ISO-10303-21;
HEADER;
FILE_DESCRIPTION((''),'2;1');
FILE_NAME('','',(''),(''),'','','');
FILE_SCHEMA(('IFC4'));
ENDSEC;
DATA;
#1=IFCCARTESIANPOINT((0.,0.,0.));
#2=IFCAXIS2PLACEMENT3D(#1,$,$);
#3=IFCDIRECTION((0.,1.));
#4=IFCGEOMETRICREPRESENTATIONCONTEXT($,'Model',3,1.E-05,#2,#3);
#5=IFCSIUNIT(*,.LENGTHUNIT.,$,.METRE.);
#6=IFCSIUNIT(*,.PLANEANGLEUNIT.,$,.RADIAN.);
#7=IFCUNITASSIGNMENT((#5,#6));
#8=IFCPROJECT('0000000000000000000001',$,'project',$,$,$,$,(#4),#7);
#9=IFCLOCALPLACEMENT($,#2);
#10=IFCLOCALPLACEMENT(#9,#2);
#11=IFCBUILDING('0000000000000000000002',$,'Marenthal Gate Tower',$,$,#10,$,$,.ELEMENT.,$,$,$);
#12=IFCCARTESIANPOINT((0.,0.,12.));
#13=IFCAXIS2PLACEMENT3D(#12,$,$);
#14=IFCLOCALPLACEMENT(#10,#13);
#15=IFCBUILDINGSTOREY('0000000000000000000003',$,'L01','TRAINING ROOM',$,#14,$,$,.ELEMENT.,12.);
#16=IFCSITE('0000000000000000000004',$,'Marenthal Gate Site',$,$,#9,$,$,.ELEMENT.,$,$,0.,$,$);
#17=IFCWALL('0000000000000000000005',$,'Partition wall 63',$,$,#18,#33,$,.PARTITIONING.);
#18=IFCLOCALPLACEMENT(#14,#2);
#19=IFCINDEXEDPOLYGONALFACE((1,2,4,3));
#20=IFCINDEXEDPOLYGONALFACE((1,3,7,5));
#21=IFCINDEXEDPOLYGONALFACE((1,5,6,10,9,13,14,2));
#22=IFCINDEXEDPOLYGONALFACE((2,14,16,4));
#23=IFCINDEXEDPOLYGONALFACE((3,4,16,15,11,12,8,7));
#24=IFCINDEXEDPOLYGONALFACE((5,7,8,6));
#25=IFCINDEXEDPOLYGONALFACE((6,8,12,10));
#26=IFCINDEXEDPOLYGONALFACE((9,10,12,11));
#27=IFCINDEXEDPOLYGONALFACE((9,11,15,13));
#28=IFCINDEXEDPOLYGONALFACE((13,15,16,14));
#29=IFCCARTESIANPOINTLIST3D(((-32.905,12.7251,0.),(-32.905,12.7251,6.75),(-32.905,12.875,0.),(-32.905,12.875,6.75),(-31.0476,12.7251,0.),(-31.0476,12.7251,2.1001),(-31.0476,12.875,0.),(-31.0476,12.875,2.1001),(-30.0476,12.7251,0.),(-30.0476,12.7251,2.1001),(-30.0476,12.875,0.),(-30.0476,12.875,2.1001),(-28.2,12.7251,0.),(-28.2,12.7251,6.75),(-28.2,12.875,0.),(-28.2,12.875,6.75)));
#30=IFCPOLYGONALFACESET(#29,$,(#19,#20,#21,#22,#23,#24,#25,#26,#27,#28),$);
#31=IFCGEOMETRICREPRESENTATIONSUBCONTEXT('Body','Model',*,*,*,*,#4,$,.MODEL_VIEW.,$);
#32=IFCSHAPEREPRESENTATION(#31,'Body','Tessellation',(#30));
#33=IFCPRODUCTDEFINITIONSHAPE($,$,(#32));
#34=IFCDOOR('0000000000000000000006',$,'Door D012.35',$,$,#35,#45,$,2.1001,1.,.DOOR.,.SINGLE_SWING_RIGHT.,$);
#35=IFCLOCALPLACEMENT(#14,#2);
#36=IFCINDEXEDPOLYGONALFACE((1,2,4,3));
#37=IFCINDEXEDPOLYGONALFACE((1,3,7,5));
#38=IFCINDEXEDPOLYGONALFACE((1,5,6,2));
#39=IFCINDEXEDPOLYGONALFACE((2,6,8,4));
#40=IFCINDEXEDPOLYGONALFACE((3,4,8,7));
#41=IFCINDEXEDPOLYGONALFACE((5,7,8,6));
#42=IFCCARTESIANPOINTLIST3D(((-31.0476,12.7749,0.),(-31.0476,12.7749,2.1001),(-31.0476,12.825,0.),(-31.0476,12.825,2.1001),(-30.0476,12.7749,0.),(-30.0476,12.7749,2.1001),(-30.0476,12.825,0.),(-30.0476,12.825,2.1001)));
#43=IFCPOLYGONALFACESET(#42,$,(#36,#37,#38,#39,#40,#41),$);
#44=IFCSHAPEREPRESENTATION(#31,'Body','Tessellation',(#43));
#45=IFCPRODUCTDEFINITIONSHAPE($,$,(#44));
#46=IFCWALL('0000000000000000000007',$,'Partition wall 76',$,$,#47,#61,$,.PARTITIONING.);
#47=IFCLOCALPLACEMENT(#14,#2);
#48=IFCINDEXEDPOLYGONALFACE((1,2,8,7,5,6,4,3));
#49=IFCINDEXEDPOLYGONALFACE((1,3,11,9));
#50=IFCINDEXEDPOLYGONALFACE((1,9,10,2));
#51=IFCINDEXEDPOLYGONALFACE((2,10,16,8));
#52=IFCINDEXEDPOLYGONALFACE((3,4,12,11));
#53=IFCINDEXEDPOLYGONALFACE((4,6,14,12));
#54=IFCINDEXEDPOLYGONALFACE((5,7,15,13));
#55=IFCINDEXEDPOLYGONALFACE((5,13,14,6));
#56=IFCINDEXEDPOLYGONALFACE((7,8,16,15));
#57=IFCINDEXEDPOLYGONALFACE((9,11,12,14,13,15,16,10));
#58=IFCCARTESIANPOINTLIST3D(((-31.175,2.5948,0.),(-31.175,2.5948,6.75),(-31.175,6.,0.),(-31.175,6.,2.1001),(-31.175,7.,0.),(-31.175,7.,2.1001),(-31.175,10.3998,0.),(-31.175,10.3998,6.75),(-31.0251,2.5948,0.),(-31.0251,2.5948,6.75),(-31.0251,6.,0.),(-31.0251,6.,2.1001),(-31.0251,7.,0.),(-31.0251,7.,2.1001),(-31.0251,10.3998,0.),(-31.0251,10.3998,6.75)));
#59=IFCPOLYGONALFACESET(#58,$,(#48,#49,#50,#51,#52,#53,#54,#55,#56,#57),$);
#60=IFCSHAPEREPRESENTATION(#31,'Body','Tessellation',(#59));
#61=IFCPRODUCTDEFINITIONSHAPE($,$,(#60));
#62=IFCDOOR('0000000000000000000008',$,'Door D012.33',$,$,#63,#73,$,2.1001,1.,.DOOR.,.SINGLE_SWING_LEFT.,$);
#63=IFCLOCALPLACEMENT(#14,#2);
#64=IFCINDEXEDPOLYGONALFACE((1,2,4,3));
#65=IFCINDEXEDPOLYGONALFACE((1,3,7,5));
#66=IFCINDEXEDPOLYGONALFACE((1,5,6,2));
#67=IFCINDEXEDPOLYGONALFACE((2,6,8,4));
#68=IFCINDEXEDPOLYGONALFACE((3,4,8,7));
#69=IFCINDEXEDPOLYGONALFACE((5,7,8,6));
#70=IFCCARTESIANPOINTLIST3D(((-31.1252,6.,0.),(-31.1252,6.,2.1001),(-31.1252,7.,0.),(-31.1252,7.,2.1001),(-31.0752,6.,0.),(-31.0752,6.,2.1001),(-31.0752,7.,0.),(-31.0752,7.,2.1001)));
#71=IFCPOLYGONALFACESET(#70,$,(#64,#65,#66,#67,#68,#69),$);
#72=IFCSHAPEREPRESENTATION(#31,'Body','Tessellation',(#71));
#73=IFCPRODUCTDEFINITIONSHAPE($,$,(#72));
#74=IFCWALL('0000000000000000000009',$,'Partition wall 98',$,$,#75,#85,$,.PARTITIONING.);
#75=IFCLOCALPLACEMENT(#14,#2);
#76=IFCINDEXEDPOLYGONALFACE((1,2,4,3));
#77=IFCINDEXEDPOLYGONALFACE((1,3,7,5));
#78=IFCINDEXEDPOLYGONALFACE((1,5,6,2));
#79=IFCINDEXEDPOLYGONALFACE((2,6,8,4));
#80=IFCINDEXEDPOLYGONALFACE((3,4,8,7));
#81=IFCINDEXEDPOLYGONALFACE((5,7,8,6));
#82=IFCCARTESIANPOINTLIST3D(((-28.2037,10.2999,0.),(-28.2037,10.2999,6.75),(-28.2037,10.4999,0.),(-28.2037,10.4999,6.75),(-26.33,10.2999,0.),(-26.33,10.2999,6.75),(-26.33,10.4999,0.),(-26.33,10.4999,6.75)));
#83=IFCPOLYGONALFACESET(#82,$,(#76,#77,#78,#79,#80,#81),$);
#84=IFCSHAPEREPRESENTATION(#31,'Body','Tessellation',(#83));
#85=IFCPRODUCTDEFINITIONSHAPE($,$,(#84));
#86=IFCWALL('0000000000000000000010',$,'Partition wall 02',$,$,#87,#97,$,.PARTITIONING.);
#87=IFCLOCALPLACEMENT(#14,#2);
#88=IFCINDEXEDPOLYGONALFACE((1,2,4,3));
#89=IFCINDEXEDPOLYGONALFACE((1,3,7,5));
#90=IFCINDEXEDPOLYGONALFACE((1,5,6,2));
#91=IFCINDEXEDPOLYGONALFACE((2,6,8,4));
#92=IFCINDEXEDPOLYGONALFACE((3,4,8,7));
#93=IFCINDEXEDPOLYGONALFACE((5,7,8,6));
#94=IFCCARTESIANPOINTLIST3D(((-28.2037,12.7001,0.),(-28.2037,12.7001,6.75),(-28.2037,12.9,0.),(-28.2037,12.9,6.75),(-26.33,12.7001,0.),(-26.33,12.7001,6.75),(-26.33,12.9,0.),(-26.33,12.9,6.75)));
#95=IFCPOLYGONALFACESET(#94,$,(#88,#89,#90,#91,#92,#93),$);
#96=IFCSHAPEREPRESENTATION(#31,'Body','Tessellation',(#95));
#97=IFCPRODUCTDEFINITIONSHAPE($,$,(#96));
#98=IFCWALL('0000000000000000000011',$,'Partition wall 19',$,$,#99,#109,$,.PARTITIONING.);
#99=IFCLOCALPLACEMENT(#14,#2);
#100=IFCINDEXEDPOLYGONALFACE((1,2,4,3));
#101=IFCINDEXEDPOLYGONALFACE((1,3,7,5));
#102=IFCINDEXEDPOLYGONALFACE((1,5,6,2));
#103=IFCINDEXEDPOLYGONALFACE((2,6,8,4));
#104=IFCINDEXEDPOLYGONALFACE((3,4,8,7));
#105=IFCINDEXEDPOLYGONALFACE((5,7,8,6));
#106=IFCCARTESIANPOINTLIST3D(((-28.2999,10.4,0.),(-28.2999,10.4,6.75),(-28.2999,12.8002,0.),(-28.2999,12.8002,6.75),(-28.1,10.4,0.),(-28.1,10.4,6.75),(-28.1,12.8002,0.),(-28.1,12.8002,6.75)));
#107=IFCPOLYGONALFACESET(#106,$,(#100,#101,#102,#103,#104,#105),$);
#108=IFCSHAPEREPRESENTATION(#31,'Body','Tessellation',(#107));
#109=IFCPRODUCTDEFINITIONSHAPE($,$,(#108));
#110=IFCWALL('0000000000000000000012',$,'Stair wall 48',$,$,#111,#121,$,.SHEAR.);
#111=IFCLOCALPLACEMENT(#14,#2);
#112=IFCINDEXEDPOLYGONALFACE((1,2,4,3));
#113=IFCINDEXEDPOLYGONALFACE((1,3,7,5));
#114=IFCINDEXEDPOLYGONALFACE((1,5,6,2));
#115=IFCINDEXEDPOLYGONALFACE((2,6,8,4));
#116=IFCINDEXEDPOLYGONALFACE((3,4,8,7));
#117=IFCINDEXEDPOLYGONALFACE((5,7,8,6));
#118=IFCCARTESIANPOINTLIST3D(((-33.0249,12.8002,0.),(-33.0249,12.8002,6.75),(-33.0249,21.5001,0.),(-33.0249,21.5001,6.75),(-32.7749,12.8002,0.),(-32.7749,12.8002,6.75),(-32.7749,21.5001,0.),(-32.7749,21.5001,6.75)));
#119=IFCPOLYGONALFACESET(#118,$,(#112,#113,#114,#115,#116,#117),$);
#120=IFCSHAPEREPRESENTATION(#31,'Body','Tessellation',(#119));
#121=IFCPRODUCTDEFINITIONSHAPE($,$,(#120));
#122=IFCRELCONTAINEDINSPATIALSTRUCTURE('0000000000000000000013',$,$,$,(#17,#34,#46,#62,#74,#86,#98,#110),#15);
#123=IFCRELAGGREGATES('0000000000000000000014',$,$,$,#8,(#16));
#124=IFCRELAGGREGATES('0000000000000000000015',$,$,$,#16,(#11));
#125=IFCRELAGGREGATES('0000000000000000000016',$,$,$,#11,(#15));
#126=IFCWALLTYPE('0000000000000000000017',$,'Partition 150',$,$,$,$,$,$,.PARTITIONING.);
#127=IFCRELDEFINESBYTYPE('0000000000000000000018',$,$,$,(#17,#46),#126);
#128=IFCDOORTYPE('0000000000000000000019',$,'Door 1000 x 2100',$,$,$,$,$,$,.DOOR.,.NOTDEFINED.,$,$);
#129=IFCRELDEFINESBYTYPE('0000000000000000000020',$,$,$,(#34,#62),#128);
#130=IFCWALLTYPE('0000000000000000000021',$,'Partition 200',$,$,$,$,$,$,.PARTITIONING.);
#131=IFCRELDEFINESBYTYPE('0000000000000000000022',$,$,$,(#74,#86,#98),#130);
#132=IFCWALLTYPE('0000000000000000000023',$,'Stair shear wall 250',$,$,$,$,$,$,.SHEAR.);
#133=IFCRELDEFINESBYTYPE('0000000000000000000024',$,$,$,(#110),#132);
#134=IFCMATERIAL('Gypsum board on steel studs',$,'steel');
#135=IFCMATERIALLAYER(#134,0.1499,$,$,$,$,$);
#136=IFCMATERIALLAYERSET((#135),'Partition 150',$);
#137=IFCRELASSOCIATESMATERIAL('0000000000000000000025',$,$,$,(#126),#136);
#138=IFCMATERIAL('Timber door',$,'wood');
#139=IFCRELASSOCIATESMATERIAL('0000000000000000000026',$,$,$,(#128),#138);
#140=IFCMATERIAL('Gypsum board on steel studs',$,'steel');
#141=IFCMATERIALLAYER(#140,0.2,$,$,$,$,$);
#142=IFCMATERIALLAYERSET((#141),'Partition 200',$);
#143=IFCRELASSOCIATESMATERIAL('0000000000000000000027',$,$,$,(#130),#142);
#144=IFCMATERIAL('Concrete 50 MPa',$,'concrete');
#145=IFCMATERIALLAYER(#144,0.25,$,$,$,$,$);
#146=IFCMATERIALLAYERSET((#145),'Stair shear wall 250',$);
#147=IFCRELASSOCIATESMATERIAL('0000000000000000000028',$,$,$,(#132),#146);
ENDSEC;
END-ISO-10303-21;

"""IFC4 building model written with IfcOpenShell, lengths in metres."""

from ifc_helpers import new_model, si_unit, direction, frame, frame_2d, origin, place, context, subcontext, project, spatial, rectangle, extrude, material, layer, layer_set, type_object, element, fill, save


model = new_model("IFC4")

# Units and contexts
model_context = context("Model", 3, precision=1e-05, world=origin(), true_north=direction((0.0, 1.0)))
body_context = subcontext(model_context, "Body", "Model", "MODEL_VIEW")
ifc_project = project(units=[si_unit("LENGTHUNIT", "METRE"), si_unit("PLANEANGLEUNIT", "RADIAN")], contexts=[model_context])

# Site, building, storey
site_placement = place(None, origin())
site = spatial("IfcSite", under=ifc_project, at=site_placement, Name="Marenthal Gate Site", CompositionType="ELEMENT", RefElevation=0.0)
building_placement = place(site_placement, origin())
building = spatial("IfcBuilding", under=site, at=building_placement, Name="Marenthal Gate Tower", CompositionType="ELEMENT")
storey_placement = place(building_placement, frame((0.0, 0.0, 12.0)))
storey = spatial("IfcBuildingStorey", under=building, at=storey_placement, Name="L01", Description="TRAINING ROOM", CompositionType="ELEMENT", Elevation=12.0)

# Shared definitions
ifc_material_1 = material(Name="Gypsum board on steel studs", Category="steel")
ifc_layer_1 = layer(ifc_material_1, 0.1499)
ifc_layer_set_1 = layer_set([ifc_layer_1], Name="Partition 150")
wall_type_1 = type_object("IfcWallType", Name="Partition 150", PredefinedType="PARTITIONING", material=ifc_layer_set_1)

# Walls, openings, doors
wall_1_placement = place(storey_placement, frame((-32.905, 12.8, 0.0), z_axis=(0.0, 0.0, 1.0), x_axis=(1.0, 0.0, 0.0)))
wall_1 = element("IfcWall", 1, at=wall_1_placement, inside=storey, type_object=wall_type_1, Name="Partition wall 63", PredefinedType="PARTITIONING", context=body_context, shape_type="SweptSolid", body=[
    extrude(rectangle(XDim=4.7051, YDim=0.1499, at=frame_2d((2.3525, 0.0))), origin(), (0.0, 0.0, 1.0), 6.75),
])
opening_1_placement = place(wall_1_placement, frame((1.8574, 0.0, 0.0)))
opening_1 = element("IfcOpeningElement", 2, at=opening_1_placement, cuts=wall_1, PredefinedType="OPENING", context=body_context, shape_type="SweptSolid", body=[
    extrude(rectangle(XDim=1.0, YDim=2.1001, at=frame_2d((0.5, 1.05))), frame((0.0, 0.085, 0.0), z_axis=(0.0, -1.0, 0.0), x_axis=(1.0, 0.0, 0.0)), (0.0, 0.0, 1.0), 0.1699),
])
ifc_material_2 = material(Name="Timber door", Category="wood")
door_type_1 = type_object("IfcDoorType", Name="Door 1000 x 2100", OperationType="NOTDEFINED", PredefinedType="DOOR", material=ifc_material_2)
door_1_placement = place(opening_1_placement, origin())
door_1 = element("IfcDoor", 3, at=door_1_placement, inside=storey, type_object=door_type_1, Name="Door D012.35", OperationType="SINGLE_SWING_RIGHT", OverallHeight=2.1001, OverallWidth=1.0, PredefinedType="DOOR", context=body_context, shape_type="SweptSolid", body=[
    extrude(rectangle(XDim=1.0, YDim=2.1001, at=frame_2d((0.5, 1.05))), frame((0.0, 0.0249, 0.0), z_axis=(0.0, -1.0, 0.0), x_axis=(1.0, 0.0, 0.0)), (0.0, 0.0, 1.0), 0.05),
])
fill(opening_1, door_1)
wall_2_placement = place(storey_placement, frame((-31.1001, 2.595, 0.0), z_axis=(0.0, 0.0, 1.0), x_axis=(0.0, 1.0, 0.0)))
wall_2 = element("IfcWall", 4, at=wall_2_placement, inside=storey, type_object=wall_type_1, Name="Partition wall 76", PredefinedType="PARTITIONING", context=body_context, shape_type="SweptSolid", body=[
    extrude(rectangle(XDim=7.8049, YDim=0.1499, at=frame_2d((3.9023, 0.0))), origin(), (0.0, 0.0, 1.0), 6.75),
])
opening_2_placement = place(wall_2_placement, frame((3.405, 0.0, 0.0)))
opening_2 = element("IfcOpeningElement", 5, at=opening_2_placement, cuts=wall_2, PredefinedType="OPENING", context=body_context, shape_type="SweptSolid", body=[
    extrude(rectangle(XDim=1.0, YDim=2.1001, at=frame_2d((0.5, 1.05))), frame((0.0, 0.085, 0.0), z_axis=(0.0, -1.0, 0.0), x_axis=(1.0, 0.0, 0.0)), (0.0, 0.0, 1.0), 0.1699),
])
door_2_placement = place(opening_2_placement, frame((1.0, 0.0, 0.0), z_axis=(0.0, 0.0, 1.0), x_axis=(-1.0, 0.0, 0.0)))
door_2 = element("IfcDoor", 6, at=door_2_placement, inside=storey, type_object=door_type_1, Name="Door D012.33", OperationType="SINGLE_SWING_LEFT", OverallHeight=2.1001, OverallWidth=1.0, PredefinedType="DOOR", context=body_context, shape_type="SweptSolid", body=[
    extrude(rectangle(XDim=1.0, YDim=2.1001, at=frame_2d((0.5, 1.05))), frame((0.0, 0.0249, 0.0), z_axis=(0.0, -1.0, 0.0), x_axis=(1.0, 0.0, 0.0)), (0.0, 0.0, 1.0), 0.05),
])
fill(opening_2, door_2)

# Walls
ifc_material_3 = material(Name="Gypsum board on steel studs", Category="steel")
ifc_layer_2 = layer(ifc_material_3, 0.2)
ifc_layer_set_2 = layer_set([ifc_layer_2], Name="Partition 200")
wall_type_2 = type_object("IfcWallType", Name="Partition 200", PredefinedType="PARTITIONING", material=ifc_layer_set_2)
for number, where, z_axis, x_axis, name in (
    (7, (-28.2039, 10.3999, 0.0), (0.0, 0.0, 1.0), (1.0, 0.0, 0.0), "Partition wall 98"),
    (8, (-28.2039, 12.8, 0.0), (0.0, 0.0, 1.0), (1.0, 0.0, 0.0), "Partition wall 02"),
):
    element("IfcWall", number, at=place(storey_placement, frame(where, z_axis=z_axis, x_axis=x_axis)), inside=storey, type_object=wall_type_2, Name=name, PredefinedType="PARTITIONING", context=body_context, shape_type="SweptSolid", body=[
        extrude(rectangle(XDim=1.8738, YDim=0.2, at=frame_2d((0.937, 0.0))), origin(), (0.0, 0.0, 1.0), 6.75),
    ])
wall_3_placement = place(storey_placement, frame((-28.2, 10.3999, 0.0), z_axis=(0.0, 0.0, 1.0), x_axis=(0.0, 1.0, 0.0)))
element("IfcWall", 9, at=wall_3_placement, inside=storey, type_object=wall_type_2, Name="Partition wall 19", PredefinedType="PARTITIONING", context=body_context, shape_type="SweptSolid", body=[
    extrude(rectangle(XDim=2.4001, YDim=0.2, at=frame_2d((1.2002, 0.0))), origin(), (0.0, 0.0, 1.0), 6.75),
])
ifc_material_4 = material(Name="Concrete 50 MPa", Category="concrete")
ifc_layer_3 = layer(ifc_material_4, 0.25)
ifc_layer_set_3 = layer_set([ifc_layer_3], Name="Stair shear wall 250")
wall_type_3 = type_object("IfcWallType", Name="Stair shear wall 250", PredefinedType="SHEAR", material=ifc_layer_set_3)
wall_4_placement = place(storey_placement, frame((-32.8999, 12.8, 0.0), z_axis=(0.0, 0.0, 1.0), x_axis=(0.0, 1.0, 0.0)))
element("IfcWall", 10, at=wall_4_placement, inside=storey, type_object=wall_type_3, Name="Stair wall 48", PredefinedType="SHEAR", context=body_context, shape_type="SweptSolid", body=[
    extrude(rectangle(XDim=8.7, YDim=0.25, at=frame_2d((4.3501, 0.0))), origin(), (0.0, 0.0, 1.0), 6.75),
])

save(model, "model.ifc")
